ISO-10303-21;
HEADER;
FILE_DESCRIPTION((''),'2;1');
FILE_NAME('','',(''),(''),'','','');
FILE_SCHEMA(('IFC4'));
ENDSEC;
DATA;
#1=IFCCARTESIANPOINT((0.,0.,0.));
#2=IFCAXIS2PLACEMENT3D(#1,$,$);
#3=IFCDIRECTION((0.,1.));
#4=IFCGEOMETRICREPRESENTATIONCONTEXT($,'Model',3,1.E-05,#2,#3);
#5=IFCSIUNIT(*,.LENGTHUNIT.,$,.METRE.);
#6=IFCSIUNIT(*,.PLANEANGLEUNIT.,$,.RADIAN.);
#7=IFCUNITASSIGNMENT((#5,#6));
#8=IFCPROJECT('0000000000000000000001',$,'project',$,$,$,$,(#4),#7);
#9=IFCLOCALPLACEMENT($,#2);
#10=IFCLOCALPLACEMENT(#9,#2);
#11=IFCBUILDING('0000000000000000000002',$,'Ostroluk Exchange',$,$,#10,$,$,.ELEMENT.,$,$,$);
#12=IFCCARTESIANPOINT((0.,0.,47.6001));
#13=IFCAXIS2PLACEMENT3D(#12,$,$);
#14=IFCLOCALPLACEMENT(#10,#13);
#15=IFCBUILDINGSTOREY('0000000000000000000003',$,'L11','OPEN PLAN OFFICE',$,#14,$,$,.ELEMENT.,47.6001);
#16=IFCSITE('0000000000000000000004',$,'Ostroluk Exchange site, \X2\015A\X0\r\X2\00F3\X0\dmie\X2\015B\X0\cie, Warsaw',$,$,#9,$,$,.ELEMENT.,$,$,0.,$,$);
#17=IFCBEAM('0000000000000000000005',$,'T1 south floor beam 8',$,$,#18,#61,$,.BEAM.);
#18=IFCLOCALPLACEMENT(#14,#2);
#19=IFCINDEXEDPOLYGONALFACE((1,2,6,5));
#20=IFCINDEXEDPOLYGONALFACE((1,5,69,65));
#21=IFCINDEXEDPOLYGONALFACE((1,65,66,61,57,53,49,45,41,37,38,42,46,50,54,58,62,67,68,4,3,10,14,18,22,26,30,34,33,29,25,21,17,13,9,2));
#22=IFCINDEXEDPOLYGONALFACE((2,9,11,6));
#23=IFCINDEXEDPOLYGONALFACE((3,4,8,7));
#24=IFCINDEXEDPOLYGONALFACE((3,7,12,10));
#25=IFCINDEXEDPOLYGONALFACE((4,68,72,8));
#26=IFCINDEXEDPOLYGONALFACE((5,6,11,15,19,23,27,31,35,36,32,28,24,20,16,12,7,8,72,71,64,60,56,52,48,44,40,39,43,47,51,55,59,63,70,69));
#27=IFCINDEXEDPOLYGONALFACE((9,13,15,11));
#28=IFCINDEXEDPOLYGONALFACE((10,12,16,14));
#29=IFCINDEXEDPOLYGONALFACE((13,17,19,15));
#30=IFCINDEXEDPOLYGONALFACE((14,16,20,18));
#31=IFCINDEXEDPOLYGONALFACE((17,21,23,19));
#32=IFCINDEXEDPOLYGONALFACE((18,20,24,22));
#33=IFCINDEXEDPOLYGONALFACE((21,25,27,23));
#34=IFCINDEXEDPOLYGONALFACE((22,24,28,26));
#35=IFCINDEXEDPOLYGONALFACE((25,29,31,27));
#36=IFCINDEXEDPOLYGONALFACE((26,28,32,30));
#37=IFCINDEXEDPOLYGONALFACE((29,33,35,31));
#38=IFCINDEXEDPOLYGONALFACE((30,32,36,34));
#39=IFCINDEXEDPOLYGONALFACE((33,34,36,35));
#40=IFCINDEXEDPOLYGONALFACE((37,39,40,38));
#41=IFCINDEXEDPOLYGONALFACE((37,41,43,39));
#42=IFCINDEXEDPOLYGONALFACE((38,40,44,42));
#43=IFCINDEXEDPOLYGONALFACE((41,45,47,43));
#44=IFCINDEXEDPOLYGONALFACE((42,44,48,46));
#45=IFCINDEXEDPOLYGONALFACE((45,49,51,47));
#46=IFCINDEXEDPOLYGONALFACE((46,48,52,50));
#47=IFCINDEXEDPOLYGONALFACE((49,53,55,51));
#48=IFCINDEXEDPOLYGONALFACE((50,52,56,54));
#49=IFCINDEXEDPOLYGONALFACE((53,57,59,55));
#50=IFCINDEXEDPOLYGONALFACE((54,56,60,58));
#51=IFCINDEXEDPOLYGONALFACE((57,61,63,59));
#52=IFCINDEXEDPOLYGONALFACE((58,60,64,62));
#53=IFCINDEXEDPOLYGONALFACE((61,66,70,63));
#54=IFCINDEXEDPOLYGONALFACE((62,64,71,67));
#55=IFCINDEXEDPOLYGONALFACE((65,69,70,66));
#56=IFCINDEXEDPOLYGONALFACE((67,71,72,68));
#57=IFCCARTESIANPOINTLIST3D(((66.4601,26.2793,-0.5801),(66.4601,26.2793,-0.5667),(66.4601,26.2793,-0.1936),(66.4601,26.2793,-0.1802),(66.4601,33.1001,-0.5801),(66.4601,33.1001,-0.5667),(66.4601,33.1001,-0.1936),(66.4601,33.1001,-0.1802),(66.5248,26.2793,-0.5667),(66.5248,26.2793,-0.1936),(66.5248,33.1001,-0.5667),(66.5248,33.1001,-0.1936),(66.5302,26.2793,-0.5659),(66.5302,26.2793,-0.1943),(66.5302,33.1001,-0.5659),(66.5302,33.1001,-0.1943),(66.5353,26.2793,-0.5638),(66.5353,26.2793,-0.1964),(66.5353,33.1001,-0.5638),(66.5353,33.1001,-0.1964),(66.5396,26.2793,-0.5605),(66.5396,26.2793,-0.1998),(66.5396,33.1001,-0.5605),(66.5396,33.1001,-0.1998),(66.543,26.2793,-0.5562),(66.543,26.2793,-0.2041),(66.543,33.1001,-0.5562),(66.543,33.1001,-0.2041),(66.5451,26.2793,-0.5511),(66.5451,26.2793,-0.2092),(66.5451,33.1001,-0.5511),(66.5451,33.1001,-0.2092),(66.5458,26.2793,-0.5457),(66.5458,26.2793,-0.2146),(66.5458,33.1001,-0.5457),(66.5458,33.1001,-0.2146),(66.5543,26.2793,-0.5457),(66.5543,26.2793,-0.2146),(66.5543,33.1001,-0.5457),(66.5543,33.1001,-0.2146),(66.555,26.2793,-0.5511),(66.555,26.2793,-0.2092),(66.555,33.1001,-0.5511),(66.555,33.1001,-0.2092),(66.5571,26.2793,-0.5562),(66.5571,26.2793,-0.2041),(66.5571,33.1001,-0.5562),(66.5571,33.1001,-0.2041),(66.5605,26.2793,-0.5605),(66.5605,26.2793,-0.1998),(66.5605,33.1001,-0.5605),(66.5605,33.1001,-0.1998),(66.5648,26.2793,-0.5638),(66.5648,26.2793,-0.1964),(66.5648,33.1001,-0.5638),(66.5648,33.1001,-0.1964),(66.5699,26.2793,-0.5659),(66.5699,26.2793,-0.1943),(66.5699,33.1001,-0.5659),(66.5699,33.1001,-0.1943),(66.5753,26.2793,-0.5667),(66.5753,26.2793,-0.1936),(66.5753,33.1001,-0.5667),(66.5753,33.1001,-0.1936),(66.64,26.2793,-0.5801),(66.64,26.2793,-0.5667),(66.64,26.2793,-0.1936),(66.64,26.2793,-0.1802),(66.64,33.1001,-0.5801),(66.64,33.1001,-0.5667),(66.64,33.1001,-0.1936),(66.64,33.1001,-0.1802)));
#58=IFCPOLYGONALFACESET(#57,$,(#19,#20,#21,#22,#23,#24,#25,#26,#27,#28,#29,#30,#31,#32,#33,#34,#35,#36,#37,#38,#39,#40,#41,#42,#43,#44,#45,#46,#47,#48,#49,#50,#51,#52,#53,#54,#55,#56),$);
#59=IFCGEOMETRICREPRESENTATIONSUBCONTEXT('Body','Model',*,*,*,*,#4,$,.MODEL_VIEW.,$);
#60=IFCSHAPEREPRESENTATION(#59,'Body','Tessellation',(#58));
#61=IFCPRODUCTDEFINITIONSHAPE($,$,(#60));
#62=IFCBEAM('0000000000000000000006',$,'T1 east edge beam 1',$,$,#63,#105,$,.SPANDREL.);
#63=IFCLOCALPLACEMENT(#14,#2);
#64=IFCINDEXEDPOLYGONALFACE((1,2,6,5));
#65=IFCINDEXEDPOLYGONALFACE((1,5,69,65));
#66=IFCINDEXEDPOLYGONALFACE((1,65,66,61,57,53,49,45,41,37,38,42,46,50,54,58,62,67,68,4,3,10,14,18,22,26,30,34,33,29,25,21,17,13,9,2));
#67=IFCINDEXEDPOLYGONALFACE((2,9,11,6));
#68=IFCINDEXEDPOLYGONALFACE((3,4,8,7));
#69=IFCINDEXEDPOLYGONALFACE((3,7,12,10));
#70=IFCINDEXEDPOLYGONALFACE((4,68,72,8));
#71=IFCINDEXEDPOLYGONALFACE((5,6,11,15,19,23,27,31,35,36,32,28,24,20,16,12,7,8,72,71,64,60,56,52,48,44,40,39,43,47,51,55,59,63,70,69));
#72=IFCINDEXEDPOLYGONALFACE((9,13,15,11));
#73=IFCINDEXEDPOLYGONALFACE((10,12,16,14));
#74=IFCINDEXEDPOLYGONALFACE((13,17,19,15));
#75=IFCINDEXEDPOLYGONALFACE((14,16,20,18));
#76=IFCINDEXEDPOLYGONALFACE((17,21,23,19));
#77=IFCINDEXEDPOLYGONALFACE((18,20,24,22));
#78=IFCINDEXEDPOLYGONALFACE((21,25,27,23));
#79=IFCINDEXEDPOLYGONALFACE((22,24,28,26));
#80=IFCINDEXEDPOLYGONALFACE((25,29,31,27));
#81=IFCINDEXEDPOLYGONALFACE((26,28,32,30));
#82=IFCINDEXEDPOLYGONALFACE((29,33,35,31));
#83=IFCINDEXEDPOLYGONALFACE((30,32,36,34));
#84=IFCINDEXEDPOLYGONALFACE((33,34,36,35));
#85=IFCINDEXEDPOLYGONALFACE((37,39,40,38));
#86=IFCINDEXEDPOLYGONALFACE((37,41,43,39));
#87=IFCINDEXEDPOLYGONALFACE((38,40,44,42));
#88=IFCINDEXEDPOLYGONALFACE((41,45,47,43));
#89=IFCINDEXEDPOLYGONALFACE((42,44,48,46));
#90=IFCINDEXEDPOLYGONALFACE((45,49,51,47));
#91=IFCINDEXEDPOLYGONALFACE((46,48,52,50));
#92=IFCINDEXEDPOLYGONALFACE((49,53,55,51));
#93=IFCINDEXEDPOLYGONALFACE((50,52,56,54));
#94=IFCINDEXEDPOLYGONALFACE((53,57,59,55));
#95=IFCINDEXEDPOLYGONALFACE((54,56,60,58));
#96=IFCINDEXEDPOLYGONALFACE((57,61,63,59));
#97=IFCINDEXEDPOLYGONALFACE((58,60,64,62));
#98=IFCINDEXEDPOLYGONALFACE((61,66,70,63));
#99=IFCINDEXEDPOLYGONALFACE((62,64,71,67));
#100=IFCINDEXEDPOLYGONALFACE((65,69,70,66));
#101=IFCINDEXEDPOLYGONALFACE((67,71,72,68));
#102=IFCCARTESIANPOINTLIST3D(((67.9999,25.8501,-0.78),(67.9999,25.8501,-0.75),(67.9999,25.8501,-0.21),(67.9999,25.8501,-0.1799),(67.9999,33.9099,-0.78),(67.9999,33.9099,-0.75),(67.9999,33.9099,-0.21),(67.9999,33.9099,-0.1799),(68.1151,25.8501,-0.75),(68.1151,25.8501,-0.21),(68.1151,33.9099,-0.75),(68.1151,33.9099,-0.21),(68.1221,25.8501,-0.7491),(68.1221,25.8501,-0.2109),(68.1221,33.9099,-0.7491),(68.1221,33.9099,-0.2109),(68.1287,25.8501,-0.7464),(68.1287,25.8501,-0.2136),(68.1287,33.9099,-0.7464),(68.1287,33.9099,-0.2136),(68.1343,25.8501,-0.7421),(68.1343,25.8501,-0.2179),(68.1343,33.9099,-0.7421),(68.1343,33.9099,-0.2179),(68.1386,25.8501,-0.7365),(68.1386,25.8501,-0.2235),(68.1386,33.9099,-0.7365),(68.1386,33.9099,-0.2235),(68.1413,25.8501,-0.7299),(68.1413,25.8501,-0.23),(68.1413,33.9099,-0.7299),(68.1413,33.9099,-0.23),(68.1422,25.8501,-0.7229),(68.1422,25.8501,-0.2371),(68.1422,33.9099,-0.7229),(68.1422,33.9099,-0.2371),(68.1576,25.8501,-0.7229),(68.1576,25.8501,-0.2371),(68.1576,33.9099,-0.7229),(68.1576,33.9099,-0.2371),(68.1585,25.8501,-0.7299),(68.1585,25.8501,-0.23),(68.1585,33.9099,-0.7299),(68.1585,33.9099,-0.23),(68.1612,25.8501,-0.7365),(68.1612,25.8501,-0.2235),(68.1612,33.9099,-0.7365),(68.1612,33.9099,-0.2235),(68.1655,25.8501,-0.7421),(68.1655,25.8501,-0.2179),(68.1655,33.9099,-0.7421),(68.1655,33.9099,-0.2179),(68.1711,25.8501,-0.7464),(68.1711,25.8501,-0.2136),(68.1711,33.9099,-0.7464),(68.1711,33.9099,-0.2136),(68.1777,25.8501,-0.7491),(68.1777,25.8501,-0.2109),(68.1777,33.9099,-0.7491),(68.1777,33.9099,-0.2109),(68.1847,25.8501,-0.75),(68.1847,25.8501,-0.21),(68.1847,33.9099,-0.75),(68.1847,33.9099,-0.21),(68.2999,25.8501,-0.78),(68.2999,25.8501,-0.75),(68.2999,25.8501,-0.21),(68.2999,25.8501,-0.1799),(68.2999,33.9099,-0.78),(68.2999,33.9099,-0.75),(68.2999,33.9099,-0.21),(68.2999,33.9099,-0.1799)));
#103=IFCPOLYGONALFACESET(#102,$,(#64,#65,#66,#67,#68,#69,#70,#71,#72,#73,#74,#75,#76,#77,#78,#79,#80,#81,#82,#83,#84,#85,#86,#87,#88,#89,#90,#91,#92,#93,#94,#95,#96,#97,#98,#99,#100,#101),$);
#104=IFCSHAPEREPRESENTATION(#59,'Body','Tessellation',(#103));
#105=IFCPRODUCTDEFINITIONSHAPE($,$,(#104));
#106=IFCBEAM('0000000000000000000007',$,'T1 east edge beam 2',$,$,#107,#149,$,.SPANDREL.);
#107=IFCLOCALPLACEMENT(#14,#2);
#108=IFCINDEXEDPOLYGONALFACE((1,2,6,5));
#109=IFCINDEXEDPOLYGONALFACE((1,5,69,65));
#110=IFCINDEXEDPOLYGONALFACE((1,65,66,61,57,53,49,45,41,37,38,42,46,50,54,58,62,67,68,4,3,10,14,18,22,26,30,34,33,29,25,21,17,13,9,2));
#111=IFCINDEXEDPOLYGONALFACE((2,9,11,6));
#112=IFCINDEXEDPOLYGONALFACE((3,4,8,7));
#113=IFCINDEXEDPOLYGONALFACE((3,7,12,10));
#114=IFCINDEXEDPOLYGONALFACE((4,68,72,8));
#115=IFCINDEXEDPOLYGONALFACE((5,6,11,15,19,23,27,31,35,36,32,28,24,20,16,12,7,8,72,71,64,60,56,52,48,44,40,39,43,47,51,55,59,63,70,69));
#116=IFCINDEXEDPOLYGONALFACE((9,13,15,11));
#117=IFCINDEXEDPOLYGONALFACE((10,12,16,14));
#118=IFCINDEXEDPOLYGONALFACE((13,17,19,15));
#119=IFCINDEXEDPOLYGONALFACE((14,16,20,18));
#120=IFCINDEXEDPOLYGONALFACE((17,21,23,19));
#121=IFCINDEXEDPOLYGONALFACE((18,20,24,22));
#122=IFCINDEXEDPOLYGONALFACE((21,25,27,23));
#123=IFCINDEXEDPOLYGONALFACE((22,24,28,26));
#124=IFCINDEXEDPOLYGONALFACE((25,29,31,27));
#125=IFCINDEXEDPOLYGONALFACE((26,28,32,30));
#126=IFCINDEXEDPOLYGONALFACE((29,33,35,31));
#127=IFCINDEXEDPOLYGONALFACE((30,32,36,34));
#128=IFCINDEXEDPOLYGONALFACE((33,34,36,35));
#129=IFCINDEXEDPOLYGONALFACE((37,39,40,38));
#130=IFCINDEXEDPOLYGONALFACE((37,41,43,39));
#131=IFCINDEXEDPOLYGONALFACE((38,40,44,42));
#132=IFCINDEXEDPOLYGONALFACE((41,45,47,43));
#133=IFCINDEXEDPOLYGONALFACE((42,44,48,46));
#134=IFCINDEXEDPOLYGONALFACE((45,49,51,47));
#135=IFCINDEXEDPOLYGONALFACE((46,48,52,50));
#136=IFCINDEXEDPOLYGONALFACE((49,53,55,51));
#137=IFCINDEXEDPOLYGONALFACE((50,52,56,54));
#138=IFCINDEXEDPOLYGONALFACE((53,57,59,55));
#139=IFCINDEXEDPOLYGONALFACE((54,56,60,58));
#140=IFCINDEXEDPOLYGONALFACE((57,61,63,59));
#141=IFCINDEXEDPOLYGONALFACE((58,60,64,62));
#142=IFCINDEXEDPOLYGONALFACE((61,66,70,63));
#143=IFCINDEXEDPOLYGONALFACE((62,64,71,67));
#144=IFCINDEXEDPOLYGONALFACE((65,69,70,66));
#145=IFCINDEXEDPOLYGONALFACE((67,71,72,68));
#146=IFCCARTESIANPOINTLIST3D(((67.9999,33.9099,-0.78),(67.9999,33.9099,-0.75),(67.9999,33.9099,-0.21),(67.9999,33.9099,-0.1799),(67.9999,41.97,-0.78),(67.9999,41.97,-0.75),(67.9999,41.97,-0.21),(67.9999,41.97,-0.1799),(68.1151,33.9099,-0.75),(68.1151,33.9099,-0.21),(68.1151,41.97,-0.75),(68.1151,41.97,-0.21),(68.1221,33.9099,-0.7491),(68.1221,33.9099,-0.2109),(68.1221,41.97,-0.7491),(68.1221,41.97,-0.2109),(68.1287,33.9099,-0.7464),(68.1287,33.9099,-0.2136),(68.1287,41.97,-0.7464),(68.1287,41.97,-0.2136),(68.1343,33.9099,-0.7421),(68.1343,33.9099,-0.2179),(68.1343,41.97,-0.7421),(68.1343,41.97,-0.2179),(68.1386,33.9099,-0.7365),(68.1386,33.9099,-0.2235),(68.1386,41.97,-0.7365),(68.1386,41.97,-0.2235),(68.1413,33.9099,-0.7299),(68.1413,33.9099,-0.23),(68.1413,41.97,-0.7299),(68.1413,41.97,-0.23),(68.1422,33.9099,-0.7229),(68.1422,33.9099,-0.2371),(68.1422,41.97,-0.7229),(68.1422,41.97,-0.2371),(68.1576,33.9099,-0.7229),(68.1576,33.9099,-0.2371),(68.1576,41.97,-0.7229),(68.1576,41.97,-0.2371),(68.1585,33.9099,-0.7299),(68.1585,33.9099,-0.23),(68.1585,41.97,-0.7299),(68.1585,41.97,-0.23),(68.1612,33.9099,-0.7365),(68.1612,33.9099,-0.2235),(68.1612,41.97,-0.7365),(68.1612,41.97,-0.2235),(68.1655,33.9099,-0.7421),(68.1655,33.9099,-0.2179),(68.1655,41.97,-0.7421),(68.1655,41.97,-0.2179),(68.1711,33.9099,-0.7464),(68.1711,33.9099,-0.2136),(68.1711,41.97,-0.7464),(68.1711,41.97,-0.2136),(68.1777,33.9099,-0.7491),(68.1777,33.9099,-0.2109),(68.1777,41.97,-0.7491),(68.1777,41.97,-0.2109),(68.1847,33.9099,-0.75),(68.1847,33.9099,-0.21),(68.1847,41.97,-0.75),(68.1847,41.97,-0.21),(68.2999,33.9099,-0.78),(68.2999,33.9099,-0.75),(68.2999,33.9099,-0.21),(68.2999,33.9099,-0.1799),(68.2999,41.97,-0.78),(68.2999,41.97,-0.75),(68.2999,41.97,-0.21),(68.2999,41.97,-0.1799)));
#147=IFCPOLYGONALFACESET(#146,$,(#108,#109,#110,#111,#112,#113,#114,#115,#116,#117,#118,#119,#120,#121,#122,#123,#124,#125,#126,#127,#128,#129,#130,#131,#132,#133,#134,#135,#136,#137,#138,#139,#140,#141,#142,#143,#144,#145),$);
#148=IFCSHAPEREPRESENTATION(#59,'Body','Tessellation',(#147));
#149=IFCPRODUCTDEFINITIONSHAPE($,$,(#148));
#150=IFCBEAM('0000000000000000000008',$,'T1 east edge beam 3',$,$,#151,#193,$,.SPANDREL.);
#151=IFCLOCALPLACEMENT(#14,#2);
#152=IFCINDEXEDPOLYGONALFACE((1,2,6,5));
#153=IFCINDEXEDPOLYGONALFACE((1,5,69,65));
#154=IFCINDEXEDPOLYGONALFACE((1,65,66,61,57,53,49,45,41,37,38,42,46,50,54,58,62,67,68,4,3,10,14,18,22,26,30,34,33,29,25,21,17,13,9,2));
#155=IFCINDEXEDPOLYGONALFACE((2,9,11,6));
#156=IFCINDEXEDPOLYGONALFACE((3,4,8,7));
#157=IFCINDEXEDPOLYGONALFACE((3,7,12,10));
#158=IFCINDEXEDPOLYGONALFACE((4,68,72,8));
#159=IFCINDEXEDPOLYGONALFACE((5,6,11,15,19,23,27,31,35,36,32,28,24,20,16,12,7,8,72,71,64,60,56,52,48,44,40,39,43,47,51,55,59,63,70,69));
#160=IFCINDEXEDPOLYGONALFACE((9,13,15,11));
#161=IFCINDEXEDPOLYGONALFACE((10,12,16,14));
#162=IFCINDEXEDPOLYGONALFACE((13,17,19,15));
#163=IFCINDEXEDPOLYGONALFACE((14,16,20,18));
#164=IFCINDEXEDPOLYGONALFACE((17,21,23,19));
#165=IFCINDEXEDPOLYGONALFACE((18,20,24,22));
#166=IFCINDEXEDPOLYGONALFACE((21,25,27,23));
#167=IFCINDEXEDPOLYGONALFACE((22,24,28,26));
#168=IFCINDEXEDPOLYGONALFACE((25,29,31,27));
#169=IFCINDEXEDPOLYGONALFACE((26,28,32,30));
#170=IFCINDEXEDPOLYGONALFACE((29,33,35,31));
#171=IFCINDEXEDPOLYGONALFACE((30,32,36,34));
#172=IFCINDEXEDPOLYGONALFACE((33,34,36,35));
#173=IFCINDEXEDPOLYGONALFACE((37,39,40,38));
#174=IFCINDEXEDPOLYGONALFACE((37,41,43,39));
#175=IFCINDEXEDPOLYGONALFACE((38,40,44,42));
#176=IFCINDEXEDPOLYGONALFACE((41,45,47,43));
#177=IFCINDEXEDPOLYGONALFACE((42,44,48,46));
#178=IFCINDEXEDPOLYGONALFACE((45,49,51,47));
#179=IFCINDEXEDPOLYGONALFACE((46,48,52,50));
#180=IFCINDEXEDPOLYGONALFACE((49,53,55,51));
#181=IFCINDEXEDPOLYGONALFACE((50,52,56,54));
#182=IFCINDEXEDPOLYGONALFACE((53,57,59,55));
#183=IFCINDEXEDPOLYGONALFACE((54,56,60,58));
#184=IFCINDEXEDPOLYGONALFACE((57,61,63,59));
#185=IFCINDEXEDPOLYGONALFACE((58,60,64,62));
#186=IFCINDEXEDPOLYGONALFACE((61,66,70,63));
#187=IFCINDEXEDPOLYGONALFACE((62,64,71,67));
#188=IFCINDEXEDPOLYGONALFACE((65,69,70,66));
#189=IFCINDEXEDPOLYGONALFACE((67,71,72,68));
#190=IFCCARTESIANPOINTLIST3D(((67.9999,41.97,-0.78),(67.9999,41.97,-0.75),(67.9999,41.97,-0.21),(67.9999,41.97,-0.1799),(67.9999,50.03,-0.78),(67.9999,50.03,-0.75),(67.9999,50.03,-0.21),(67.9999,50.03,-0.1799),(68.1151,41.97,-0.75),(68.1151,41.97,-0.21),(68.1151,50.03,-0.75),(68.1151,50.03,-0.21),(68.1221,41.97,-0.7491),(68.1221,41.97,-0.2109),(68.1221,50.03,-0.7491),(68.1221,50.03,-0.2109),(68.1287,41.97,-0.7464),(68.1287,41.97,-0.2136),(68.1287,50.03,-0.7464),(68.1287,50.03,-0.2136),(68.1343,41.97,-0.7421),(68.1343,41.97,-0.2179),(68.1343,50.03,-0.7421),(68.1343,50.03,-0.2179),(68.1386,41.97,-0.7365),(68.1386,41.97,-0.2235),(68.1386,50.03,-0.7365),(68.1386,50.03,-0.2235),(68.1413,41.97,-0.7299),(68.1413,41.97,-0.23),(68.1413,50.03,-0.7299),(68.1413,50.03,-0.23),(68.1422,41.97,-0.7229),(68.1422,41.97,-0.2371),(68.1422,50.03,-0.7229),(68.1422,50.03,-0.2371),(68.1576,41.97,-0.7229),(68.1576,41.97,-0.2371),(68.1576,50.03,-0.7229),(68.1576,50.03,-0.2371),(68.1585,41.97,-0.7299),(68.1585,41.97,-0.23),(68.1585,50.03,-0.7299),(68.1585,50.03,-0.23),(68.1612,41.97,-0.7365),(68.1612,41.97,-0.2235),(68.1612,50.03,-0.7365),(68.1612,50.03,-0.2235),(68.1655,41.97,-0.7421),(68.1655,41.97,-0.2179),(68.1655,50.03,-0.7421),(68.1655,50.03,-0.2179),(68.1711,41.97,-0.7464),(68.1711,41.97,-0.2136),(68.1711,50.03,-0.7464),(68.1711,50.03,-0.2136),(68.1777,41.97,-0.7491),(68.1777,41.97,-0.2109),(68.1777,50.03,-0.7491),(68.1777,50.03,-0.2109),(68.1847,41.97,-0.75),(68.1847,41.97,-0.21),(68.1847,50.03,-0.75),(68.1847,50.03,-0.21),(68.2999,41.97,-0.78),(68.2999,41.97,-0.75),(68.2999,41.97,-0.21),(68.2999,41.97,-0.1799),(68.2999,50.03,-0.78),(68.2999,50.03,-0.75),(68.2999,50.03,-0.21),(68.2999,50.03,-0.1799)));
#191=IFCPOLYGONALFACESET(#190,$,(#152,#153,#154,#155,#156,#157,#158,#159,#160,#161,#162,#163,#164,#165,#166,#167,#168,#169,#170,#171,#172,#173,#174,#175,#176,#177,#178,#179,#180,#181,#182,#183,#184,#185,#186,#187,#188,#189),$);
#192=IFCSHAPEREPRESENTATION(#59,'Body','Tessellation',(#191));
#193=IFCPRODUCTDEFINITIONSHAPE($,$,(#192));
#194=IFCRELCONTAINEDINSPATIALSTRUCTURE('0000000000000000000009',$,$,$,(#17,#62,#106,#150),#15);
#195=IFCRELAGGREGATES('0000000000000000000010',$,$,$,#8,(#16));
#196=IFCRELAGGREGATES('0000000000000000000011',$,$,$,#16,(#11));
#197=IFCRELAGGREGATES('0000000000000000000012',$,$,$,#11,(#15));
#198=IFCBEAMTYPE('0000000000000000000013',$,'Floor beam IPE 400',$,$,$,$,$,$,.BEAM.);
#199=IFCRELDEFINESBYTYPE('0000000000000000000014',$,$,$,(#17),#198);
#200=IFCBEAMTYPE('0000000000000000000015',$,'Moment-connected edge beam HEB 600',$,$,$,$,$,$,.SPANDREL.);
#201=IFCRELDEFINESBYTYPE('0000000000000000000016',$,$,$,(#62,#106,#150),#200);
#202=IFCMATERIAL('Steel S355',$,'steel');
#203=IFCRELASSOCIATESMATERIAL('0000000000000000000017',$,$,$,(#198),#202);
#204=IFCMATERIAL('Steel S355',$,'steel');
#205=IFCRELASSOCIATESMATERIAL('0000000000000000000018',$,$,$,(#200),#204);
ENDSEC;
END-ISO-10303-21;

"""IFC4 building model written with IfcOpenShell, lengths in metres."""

from ifc_helpers import new_model, si_unit, direction, frame, origin, origin_2d, place, context, subcontext, project, spatial, i_section, extrude, material, material_profile, profile_set, type_object, element, save


model = new_model("IFC4")

# Units and contexts
model_context = context("Model", 3, precision=1e-05, world=origin(), true_north=direction((0.0, 1.0)))
body_context = subcontext(model_context, "Body", "Model", "MODEL_VIEW")
ifc_project = project(units=[si_unit("LENGTHUNIT", "METRE"), si_unit("PLANEANGLEUNIT", "RADIAN")], contexts=[model_context])

# Site, building, storey
site_placement = place(None, origin())
site = spatial("IfcSite", under=ifc_project, at=site_placement, Name="Ostroluk Exchange site, Śródmieście, Warsaw", CompositionType="ELEMENT", RefElevation=0.0)
building_placement = place(site_placement, origin())
building = spatial("IfcBuilding", under=site, at=building_placement, Name="Ostroluk Exchange", CompositionType="ELEMENT")
storey_placement = place(building_placement, frame((0.0, 0.0, 47.6001)))
storey = spatial("IfcBuildingStorey", under=building, at=storey_placement, Name="L11", Description="OPEN PLAN OFFICE", CompositionType="ELEMENT", Elevation=47.6001)

# Beams
ifc_material_1 = material(Name="Steel S355", Category="steel")
ifc_material_profile_1 = material_profile(ifc_material_1, i_section(OverallWidth=0.1799, OverallDepth=0.3999, WebThickness=0.0085, FlangeThickness=0.0134, FilletRadius=0.021, at=origin_2d()), Name="IPE 400")
ifc_profile_set_1 = profile_set([ifc_material_profile_1], Name="Steel S355")
beam_type_1 = type_object("IfcBeamType", Name="Floor beam IPE 400", PredefinedType="BEAM", material=ifc_profile_set_1)
beam_1_placement = place(storey_placement, frame((66.55, 33.1001, -0.3801), z_axis=(0.0, -1.0, 0.0), x_axis=(1.0, 0.0, 0.0)))
element("IfcBeam", 1, at=beam_1_placement, inside=storey, type_object=beam_type_1, Name="T1 south floor beam 8", PredefinedType="BEAM", context=body_context, shape_type="SweptSolid", body=[
    extrude(i_section(OverallWidth=0.1799, OverallDepth=0.3999, WebThickness=0.0085, FlangeThickness=0.0134, FilletRadius=0.021, at=origin_2d()), origin(), (0.0, 0.0, 1.0), 6.8208),
])
ifc_material_2 = material(Name="Steel S355", Category="steel")
ifc_material_profile_2 = material_profile(ifc_material_2, i_section(OverallWidth=0.3, OverallDepth=0.6001, WebThickness=0.0154, FlangeThickness=0.03, FilletRadius=0.0271, at=origin_2d()), Name="HEB 600")
ifc_profile_set_2 = profile_set([ifc_material_profile_2], Name="Steel S355")
beam_type_2 = type_object("IfcBeamType", Name="Moment-connected edge beam HEB 600", PredefinedType="SPANDREL", material=ifc_profile_set_2)
beam_2_placement = place(storey_placement, frame((68.1499, 25.8501, -0.48), z_axis=(0.0, 1.0, 0.0), x_axis=(-1.0, 0.0, 0.0)))
element("IfcBeam", 2, at=beam_2_placement, inside=storey, type_object=beam_type_2, Name="T1 east edge beam 1", PredefinedType="SPANDREL", context=body_context, shape_type="SweptSolid", body=[
    extrude(i_section(OverallWidth=0.3, OverallDepth=0.6001, WebThickness=0.0154, FlangeThickness=0.03, FilletRadius=0.0271, at=origin_2d()), origin(), (0.0, 0.0, 1.0), 8.0598),
])
for number, where, z_axis, x_axis, name in (
    (3, (68.1499, 33.9099, -0.48), (0.0, 1.0, 0.0), (-1.0, 0.0, 0.0), "T1 east edge beam 2"),
    (4, (68.1499, 41.97, -0.48), (0.0, 1.0, 0.0), (-1.0, 0.0, 0.0), "T1 east edge beam 3"),
):
    element("IfcBeam", number, at=place(storey_placement, frame(where, z_axis=z_axis, x_axis=x_axis)), inside=storey, type_object=beam_type_2, Name=name, PredefinedType="SPANDREL", context=body_context, shape_type="SweptSolid", body=[
        extrude(i_section(OverallWidth=0.3, OverallDepth=0.6001, WebThickness=0.0154, FlangeThickness=0.03, FilletRadius=0.0271, at=origin_2d()), origin(), (0.0, 0.0, 1.0), 8.0601),
    ])

save(model, "model.ifc")
